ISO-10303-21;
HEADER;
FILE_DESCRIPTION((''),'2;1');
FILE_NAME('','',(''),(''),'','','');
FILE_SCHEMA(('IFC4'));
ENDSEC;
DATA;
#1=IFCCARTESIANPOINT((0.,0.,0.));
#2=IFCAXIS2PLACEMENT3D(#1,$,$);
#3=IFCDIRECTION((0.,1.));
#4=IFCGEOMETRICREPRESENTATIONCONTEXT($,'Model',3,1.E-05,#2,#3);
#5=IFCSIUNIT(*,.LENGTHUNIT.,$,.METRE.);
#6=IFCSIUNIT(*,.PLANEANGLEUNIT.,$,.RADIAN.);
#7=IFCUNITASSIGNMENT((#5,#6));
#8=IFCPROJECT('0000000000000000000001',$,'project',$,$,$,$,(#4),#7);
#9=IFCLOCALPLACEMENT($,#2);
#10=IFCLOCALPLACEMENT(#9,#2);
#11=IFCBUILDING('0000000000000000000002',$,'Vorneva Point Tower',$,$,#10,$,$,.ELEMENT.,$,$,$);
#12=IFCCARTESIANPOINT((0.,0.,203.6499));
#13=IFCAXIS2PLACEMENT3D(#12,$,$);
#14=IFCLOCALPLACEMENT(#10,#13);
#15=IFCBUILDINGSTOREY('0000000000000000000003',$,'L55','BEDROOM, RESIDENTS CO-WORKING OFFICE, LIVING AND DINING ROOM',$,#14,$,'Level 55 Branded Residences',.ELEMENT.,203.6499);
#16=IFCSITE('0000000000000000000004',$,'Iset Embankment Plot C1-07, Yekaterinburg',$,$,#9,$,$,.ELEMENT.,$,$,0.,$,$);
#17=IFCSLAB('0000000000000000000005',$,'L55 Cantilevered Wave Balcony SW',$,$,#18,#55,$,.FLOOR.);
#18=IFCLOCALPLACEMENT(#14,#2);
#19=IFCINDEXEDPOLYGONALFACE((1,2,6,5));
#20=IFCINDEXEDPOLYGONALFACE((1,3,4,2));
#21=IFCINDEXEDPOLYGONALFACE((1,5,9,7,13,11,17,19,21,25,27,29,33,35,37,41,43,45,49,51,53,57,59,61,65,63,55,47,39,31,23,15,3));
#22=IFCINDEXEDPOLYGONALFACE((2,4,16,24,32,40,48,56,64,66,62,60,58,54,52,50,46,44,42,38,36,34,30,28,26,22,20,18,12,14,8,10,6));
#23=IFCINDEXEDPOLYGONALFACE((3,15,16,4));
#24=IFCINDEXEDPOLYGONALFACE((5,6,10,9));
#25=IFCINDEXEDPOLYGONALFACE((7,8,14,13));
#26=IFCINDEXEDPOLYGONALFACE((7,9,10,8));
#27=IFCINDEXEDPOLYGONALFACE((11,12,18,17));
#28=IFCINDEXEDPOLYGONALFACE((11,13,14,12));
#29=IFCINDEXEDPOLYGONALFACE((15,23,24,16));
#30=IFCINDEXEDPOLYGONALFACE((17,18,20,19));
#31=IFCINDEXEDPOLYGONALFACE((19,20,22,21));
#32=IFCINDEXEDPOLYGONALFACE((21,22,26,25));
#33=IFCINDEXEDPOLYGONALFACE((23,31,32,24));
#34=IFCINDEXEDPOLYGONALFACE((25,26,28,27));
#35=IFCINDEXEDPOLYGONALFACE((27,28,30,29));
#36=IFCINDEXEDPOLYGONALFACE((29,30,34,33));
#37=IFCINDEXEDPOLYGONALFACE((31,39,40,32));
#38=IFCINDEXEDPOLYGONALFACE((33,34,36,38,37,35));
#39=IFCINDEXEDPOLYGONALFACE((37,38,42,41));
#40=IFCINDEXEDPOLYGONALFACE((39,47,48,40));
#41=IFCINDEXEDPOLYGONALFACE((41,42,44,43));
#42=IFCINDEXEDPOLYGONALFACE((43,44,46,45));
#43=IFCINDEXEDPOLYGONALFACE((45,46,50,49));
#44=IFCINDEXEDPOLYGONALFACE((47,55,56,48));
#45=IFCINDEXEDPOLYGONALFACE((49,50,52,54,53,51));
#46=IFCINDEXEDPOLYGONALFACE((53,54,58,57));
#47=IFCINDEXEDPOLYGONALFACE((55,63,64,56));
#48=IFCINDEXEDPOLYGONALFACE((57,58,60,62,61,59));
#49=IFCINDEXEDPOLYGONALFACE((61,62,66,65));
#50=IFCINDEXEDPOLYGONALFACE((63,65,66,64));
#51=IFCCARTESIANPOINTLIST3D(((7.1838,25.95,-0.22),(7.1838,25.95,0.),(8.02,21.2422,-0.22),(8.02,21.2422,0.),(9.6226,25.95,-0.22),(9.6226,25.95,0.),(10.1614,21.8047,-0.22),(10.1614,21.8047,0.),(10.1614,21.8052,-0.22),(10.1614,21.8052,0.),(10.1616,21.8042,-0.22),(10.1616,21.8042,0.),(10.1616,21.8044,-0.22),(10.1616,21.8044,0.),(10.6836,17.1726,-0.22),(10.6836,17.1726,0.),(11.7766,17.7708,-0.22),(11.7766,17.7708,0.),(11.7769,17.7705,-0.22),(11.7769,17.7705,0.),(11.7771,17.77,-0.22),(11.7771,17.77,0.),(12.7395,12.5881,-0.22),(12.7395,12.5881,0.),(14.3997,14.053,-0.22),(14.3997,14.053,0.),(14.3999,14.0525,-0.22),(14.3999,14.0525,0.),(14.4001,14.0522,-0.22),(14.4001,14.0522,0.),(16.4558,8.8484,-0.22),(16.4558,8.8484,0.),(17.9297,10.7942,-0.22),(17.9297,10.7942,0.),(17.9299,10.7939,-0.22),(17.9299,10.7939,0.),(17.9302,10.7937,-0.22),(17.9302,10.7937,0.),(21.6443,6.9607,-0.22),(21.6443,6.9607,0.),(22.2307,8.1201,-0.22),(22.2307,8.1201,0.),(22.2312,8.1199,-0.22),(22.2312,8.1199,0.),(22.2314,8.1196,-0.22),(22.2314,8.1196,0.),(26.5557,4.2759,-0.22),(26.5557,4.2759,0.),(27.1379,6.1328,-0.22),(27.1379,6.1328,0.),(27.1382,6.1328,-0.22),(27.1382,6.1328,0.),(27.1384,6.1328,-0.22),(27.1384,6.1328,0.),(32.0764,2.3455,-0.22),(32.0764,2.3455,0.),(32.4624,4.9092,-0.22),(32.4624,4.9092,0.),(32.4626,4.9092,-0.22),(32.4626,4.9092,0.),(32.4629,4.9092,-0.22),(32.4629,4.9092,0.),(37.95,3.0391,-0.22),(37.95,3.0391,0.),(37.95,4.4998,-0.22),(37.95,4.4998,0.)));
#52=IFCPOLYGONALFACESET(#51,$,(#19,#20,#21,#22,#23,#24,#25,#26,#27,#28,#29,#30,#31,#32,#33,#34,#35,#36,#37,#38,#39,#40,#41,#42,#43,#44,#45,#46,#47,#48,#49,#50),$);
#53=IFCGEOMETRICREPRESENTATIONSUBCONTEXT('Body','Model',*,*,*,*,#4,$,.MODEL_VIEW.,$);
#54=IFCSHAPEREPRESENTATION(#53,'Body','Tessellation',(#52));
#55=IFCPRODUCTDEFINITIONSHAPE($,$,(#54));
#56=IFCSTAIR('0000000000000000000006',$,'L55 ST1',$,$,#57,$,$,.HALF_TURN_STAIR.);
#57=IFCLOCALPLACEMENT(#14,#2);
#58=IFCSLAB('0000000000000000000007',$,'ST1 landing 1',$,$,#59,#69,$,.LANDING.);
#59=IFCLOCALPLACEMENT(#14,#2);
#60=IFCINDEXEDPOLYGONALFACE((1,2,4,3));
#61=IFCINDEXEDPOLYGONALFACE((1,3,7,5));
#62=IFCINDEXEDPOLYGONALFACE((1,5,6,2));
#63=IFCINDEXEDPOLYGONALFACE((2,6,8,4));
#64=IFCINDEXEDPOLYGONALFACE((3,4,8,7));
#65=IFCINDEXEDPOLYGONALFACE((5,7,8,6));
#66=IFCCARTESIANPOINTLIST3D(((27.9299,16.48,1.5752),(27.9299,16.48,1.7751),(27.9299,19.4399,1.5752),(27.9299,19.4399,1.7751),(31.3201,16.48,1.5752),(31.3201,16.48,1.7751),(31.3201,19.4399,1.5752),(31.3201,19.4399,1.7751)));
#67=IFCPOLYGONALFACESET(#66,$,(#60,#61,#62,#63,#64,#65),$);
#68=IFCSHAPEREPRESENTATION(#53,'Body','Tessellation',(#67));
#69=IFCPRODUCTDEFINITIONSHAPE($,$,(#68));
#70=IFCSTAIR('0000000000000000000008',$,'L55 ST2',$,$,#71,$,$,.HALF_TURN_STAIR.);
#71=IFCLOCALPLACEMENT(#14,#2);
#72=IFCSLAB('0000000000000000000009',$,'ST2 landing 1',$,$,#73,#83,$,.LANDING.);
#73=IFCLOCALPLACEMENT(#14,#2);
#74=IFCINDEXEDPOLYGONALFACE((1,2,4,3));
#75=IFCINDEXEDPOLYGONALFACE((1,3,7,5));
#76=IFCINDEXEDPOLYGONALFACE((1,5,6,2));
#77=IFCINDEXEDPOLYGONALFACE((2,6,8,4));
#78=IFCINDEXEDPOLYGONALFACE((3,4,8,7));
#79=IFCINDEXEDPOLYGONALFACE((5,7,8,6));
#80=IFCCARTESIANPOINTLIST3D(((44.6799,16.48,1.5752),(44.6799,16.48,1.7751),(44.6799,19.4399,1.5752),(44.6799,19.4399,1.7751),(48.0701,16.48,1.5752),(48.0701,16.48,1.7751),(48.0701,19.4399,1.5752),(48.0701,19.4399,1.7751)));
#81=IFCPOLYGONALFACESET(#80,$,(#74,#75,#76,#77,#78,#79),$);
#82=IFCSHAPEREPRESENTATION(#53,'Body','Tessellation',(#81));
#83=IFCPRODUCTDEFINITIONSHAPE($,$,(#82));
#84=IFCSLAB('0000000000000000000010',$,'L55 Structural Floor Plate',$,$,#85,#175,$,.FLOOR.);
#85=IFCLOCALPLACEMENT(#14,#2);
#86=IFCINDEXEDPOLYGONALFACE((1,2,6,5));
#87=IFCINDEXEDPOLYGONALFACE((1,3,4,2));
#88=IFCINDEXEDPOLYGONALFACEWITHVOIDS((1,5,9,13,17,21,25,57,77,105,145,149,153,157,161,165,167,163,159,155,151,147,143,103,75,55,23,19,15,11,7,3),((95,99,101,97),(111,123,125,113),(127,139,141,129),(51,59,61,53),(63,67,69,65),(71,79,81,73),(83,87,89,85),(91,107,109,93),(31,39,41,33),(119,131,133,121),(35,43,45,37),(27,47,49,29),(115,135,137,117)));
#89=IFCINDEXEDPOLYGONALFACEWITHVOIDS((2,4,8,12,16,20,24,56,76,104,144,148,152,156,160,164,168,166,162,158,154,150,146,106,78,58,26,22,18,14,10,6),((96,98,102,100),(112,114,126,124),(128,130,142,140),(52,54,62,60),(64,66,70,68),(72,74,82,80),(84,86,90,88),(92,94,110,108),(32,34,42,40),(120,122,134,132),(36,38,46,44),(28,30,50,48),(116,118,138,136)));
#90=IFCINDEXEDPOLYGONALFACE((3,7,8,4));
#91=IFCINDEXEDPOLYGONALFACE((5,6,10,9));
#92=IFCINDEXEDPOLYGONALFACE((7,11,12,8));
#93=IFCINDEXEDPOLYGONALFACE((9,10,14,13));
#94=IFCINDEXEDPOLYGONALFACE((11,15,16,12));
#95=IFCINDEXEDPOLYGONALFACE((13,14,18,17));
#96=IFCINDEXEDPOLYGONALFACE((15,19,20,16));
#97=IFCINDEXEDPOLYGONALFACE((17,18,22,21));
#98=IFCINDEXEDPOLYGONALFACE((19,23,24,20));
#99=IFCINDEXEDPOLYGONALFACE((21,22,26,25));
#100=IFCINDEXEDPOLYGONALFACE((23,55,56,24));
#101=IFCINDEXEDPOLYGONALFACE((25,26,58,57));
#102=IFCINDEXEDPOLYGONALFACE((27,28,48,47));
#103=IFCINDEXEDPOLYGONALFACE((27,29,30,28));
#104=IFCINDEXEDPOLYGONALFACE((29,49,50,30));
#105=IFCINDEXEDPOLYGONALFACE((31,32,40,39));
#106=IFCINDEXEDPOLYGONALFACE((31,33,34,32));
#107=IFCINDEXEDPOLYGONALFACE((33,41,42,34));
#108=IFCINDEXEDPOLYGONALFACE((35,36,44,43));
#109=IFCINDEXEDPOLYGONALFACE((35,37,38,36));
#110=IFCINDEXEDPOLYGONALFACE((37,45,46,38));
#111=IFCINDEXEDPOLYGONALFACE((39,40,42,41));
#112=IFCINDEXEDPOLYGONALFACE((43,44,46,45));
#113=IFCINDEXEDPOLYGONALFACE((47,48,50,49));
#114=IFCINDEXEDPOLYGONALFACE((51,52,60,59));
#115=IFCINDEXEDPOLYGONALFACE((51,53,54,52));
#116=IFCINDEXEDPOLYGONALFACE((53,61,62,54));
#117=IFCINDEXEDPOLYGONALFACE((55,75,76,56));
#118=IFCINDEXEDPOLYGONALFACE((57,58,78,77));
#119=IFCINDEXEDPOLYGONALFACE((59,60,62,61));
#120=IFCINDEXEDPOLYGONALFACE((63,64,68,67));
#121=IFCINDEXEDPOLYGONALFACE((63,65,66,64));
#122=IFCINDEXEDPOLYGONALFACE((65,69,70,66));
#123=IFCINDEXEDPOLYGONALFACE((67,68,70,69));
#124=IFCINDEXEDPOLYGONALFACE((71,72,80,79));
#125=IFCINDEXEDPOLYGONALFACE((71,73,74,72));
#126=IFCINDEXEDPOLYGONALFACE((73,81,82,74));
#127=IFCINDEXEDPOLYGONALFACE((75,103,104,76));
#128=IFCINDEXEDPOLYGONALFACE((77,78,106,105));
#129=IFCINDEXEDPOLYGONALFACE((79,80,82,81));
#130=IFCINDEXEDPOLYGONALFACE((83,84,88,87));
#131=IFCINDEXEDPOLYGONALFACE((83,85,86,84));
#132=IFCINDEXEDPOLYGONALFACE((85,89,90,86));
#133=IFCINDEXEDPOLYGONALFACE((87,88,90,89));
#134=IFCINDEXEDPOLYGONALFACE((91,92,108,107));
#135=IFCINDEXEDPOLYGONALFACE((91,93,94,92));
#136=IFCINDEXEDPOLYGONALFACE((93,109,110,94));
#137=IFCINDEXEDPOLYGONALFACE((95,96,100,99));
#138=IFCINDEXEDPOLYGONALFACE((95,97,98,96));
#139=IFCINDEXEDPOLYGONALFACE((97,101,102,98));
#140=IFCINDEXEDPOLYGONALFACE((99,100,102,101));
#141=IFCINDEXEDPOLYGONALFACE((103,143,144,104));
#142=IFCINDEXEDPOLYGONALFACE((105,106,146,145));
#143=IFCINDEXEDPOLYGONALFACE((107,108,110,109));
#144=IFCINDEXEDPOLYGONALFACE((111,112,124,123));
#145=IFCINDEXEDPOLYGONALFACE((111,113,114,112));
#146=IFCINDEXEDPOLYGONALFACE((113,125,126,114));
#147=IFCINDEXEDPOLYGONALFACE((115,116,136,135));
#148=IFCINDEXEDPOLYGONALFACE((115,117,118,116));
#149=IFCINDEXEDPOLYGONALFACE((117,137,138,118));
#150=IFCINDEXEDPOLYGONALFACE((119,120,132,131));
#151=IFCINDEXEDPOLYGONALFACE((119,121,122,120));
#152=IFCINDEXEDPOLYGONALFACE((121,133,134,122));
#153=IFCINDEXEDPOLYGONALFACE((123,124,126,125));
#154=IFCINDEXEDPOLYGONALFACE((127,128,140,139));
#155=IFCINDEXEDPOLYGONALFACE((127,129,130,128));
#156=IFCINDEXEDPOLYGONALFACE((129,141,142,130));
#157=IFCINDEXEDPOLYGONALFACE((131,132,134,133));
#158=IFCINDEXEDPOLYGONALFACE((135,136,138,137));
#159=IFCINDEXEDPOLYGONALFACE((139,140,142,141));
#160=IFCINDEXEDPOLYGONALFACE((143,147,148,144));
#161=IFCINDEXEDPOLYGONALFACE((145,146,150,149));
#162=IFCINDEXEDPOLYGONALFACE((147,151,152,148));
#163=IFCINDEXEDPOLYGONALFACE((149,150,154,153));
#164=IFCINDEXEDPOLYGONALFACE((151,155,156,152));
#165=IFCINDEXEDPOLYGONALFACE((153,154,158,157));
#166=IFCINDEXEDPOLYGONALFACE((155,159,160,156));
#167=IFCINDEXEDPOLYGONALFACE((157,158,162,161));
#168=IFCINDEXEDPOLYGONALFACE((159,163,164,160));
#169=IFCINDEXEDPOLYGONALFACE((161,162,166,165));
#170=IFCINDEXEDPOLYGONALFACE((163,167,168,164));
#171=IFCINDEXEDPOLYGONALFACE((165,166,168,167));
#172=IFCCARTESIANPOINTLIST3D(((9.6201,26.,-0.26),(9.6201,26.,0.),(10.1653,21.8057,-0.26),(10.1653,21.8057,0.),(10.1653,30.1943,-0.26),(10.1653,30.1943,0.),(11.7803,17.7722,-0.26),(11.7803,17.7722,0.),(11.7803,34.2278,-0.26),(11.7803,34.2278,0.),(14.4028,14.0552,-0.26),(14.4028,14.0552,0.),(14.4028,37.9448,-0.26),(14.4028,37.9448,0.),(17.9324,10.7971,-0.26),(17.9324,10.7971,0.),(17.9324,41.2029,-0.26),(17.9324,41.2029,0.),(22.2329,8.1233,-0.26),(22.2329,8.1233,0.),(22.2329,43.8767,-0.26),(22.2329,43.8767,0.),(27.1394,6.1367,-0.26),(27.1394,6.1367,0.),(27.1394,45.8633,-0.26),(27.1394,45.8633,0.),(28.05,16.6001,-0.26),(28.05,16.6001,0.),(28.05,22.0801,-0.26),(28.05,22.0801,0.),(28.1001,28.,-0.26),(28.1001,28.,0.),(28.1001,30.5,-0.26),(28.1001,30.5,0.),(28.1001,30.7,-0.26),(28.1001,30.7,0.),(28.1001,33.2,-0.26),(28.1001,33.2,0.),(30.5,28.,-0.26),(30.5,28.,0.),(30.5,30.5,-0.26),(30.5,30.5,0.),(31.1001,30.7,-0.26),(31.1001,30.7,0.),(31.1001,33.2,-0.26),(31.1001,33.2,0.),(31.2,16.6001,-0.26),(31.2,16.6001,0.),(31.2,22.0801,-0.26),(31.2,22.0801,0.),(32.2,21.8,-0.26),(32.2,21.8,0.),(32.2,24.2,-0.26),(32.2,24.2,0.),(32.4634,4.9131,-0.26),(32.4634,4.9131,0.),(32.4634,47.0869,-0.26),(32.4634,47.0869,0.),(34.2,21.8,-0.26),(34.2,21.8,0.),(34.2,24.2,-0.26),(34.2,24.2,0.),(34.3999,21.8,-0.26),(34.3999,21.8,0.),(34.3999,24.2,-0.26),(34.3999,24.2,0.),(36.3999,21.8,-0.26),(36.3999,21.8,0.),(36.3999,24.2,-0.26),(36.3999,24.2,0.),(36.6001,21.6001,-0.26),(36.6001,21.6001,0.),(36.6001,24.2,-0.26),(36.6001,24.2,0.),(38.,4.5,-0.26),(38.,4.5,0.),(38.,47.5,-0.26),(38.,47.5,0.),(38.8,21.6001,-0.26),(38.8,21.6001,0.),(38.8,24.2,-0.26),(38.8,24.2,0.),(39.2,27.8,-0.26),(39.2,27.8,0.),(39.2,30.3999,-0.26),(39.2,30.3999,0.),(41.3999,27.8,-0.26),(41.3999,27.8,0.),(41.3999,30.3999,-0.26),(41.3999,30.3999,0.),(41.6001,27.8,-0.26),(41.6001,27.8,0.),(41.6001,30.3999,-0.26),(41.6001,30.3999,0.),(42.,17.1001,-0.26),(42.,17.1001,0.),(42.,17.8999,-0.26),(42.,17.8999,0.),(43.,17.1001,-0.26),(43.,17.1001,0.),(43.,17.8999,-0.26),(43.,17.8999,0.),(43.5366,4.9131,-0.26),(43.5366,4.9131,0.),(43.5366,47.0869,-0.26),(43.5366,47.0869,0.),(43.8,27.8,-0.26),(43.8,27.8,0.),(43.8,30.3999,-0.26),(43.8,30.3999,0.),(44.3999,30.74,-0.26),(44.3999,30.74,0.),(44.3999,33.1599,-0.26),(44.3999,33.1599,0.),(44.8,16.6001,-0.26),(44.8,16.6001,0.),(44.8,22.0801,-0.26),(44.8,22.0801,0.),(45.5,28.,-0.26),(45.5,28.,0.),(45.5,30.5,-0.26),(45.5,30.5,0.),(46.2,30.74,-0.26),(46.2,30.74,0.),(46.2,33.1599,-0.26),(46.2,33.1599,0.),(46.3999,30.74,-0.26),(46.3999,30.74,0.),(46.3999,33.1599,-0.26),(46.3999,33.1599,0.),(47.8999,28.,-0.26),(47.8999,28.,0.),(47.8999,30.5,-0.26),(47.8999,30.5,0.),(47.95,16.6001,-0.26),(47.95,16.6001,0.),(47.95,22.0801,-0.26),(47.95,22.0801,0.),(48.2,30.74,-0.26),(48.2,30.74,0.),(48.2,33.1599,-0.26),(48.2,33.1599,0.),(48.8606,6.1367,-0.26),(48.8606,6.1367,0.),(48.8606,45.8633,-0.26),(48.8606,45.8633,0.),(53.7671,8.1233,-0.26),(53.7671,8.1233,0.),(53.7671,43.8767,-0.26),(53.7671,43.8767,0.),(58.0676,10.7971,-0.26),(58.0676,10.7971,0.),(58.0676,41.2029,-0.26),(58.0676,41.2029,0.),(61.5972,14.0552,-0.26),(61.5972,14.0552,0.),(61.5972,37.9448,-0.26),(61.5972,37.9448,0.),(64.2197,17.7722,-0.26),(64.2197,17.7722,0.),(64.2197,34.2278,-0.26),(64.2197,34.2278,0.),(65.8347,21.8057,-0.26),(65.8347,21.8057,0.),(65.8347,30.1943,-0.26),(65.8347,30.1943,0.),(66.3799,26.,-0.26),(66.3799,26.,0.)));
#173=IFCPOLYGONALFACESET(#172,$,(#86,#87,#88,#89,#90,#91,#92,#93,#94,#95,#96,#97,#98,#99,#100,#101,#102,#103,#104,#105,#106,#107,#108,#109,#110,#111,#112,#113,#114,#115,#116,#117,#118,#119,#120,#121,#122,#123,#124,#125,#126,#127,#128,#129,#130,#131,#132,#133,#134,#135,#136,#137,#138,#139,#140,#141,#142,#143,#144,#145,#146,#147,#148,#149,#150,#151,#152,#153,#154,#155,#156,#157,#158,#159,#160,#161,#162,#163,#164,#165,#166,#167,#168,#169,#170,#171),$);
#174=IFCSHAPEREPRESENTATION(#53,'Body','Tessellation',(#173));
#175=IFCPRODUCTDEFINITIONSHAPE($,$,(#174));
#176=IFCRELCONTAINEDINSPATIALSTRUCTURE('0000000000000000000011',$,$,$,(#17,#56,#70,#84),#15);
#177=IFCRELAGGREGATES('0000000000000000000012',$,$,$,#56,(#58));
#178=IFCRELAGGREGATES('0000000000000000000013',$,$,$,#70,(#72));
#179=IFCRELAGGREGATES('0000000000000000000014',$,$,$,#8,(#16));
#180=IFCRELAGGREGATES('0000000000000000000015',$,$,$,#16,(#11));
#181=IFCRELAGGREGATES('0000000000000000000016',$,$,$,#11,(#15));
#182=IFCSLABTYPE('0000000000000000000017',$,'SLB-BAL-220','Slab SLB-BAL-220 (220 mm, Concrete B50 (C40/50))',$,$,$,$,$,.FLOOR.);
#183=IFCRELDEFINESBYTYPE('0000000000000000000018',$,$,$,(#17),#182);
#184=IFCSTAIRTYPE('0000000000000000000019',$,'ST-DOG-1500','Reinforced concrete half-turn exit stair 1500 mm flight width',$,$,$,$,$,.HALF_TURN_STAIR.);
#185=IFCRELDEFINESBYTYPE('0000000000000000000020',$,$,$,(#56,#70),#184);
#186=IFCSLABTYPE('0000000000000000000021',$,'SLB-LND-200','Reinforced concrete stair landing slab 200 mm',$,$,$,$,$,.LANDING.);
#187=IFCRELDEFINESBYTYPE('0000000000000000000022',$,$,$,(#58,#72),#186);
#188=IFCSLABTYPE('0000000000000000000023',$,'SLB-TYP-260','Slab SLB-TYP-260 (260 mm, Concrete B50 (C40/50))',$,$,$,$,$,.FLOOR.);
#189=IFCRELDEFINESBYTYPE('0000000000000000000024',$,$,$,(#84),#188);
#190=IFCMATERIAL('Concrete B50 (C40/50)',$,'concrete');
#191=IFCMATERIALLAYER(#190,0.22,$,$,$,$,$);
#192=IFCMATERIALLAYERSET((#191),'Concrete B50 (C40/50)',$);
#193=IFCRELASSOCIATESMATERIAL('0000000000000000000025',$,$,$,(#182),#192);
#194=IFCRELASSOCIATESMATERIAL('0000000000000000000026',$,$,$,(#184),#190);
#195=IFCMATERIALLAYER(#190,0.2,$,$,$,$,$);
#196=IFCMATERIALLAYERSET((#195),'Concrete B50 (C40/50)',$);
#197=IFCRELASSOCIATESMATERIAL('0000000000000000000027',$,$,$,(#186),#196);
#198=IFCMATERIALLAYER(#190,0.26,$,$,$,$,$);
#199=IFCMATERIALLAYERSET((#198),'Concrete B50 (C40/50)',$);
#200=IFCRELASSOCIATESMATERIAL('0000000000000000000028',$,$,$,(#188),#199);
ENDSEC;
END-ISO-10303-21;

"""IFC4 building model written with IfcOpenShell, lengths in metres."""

from ifc_helpers import new_model, si_unit, direction, frame, origin, place, context, subcontext, project, spatial, polyline, outline, extrude, material, layer, layer_set, type_object, element, aggregate, save


model = new_model("IFC4")

# Units and contexts
model_context = context("Model", 3, precision=1e-05, world=origin(), true_north=direction((0.0, 1.0)))
body_context = subcontext(model_context, "Body", "Model", "MODEL_VIEW")
ifc_project = project(units=[si_unit("LENGTHUNIT", "METRE"), si_unit("PLANEANGLEUNIT", "RADIAN")], contexts=[model_context])

# Site, building, storey
site_placement = place(None, origin())
site = spatial("IfcSite", under=ifc_project, at=site_placement, Name="Iset Embankment Plot C1-07, Yekaterinburg", CompositionType="ELEMENT", RefElevation=0.0)
building_placement = place(site_placement, origin())
building = spatial("IfcBuilding", under=site, at=building_placement, Name="Vorneva Point Tower", CompositionType="ELEMENT")
storey_placement = place(building_placement, frame((0.0, 0.0, 203.6499)))
storey = spatial("IfcBuildingStorey", under=building, at=storey_placement, Name="L55", Description="BEDROOM, RESIDENTS CO-WORKING OFFICE, LIVING AND DINING ROOM", LongName="Level 55 Branded Residences", CompositionType="ELEMENT", Elevation=203.6499)

# Shared definitions
ifc_material_1 = material(Name="Concrete B50 (C40/50)", Category="concrete")

# Slab
ifc_layer_1 = layer(ifc_material_1, 0.22)
ifc_layer_set_1 = layer_set([ifc_layer_1], Name="Concrete B50 (C40/50)")
slab_type_1 = type_object("IfcSlabType", Name="SLB-BAL-220", Description="Slab SLB-BAL-220 (220 mm, Concrete B50 (C40/50))", PredefinedType="FLOOR", material=ifc_layer_set_1)
slab_1_placement = place(storey_placement, frame((0.0, 0.0, -0.22)))
element("IfcSlab", 1, at=slab_1_placement, inside=storey, type_object=slab_type_1, Name="L55 Cantilevered Wave Balcony SW", PredefinedType="FLOOR", context=body_context, shape_type="SweptSolid", body=[
    extrude(outline(polyline([(37.95, 3.0391), (37.95, 4.4998), (32.4629, 4.9092), (32.4626, 4.9092), (32.4624, 4.9092), (27.1384, 6.1328), (27.1382, 6.1328), (27.1379, 6.1328), (22.2314, 8.1196), (22.2312, 8.1199), (22.2307, 8.1201), (17.9302, 10.7937), (17.9299, 10.7939), (17.9297, 10.7942), (14.4001, 14.0522), (14.3999, 14.0525), (14.3997, 14.053), (11.7771, 17.77), (11.7769, 17.7705), (11.7766, 17.7708), (10.1616, 21.8042), (10.1616, 21.8044), (10.1614, 21.8047), (10.1614, 21.8052), (9.6226, 25.95), (7.1838, 25.95), (8.02, 21.2422), (10.6836, 17.1726), (12.7395, 12.5881), (16.4558, 8.8484), (21.6443, 6.9607), (26.5557, 4.2759), (32.0764, 2.3455), (37.95, 3.0391)])), origin(), (0.0, 0.0, 1.0), 0.22),
])

# Stairs, slabs
stair_type = type_object("IfcStairType", Name="ST-DOG-1500", Description="Reinforced concrete half-turn exit stair 1500 mm flight width", PredefinedType="HALF_TURN_STAIR", material=ifc_material_1)
stair_1_placement = place(storey_placement, origin())
stair_1 = element("IfcStair", 2, at=stair_1_placement, inside=storey, type_object=stair_type, Name="L55 ST1", PredefinedType="HALF_TURN_STAIR")
ifc_layer_2 = layer(ifc_material_1, 0.2)
ifc_layer_set_2 = layer_set([ifc_layer_2], Name="Concrete B50 (C40/50)")
slab_type_2 = type_object("IfcSlabType", Name="SLB-LND-200", Description="Reinforced concrete stair landing slab 200 mm", PredefinedType="LANDING", material=ifc_layer_set_2)
slab_2_placement = place(storey_placement, frame((0.0, 0.0, 1.5752)))
slab_2 = element("IfcSlab", 3, at=slab_2_placement, type_object=slab_type_2, Name="ST1 landing 1", PredefinedType="LANDING", context=body_context, shape_type="SweptSolid", body=[
    extrude(outline(polyline([(27.9299, 16.48), (31.3201, 16.48), (31.3201, 19.4399), (27.9299, 19.4399), (27.9299, 16.48)])), origin(), (0.0, 0.0, 1.0), 0.2),
])
aggregate(stair_1, [slab_2])
stair_2_placement = place(storey_placement, origin())
stair_2 = element("IfcStair", 4, at=stair_2_placement, inside=storey, type_object=stair_type, Name="L55 ST2", PredefinedType="HALF_TURN_STAIR")
slab_3_placement = place(storey_placement, frame((0.0, 0.0, 1.5752)))
slab_3 = element("IfcSlab", 5, at=slab_3_placement, type_object=slab_type_2, Name="ST2 landing 1", PredefinedType="LANDING", context=body_context, shape_type="SweptSolid", body=[
    extrude(outline(polyline([(44.6799, 16.48), (48.0701, 16.48), (48.0701, 19.4399), (44.6799, 19.4399), (44.6799, 16.48)])), origin(), (0.0, 0.0, 1.0), 0.2),
])
aggregate(stair_2, [slab_3])

# Slab
ifc_layer_3 = layer(ifc_material_1, 0.26)
ifc_layer_set_3 = layer_set([ifc_layer_3], Name="Concrete B50 (C40/50)")
slab_type_3 = type_object("IfcSlabType", Name="SLB-TYP-260", Description="Slab SLB-TYP-260 (260 mm, Concrete B50 (C40/50))", PredefinedType="FLOOR", material=ifc_layer_set_3)
slab_4_placement = place(storey_placement, frame((0.0, 0.0, -0.26)))
element("IfcSlab", 6, at=slab_4_placement, inside=storey, type_object=slab_type_3, Name="L55 Structural Floor Plate", PredefinedType="FLOOR", context=body_context, shape_type="SweptSolid", body=[
    extrude(outline(polyline([(66.3799, 26.0), (65.8347, 30.1943), (64.2197, 34.2278), (61.5972, 37.9448), (58.0676, 41.2029), (53.7671, 43.8767), (48.8606, 45.8633), (43.5366, 47.0869), (38.0, 47.5), (32.4634, 47.0869), (27.1394, 45.8633), (22.2329, 43.8767), (17.9324, 41.2029), (14.4028, 37.9448), (11.7803, 34.2278), (10.1653, 30.1943), (9.6201, 26.0), (10.1653, 21.8057), (11.7803, 17.7722), (14.4028, 14.0552), (17.9324, 10.7971), (22.2329, 8.1233), (27.1394, 6.1367), (32.4634, 4.9131), (38.0, 4.5), (43.5366, 4.9131), (48.8606, 6.1367), (53.7671, 8.1233), (58.0676, 10.7971), (61.5972, 14.0552), (64.2197, 17.7722), (65.8347, 21.8057), (66.3799, 26.0)]), holes=[polyline([(32.2, 21.8), (34.2, 21.8), (34.2, 24.2), (32.2, 24.2), (32.2, 21.8)]), polyline([(34.3999, 21.8), (36.3999, 21.8), (36.3999, 24.2), (34.3999, 24.2), (34.3999, 21.8)]), polyline([(36.6001, 21.6001), (38.8, 21.6001), (38.8, 24.2), (36.6001, 24.2), (36.6001, 21.6001)]), polyline([(39.2, 27.8), (41.3999, 27.8), (41.3999, 30.3999), (39.2, 30.3999), (39.2, 27.8)]), polyline([(41.6001, 27.8), (43.8, 27.8), (43.8, 30.3999), (41.6001, 30.3999), (41.6001, 27.8)]), polyline([(44.3999, 30.74), (46.2, 30.74), (46.2, 33.1599), (44.3999, 33.1599), (44.3999, 30.74)]), polyline([(46.3999, 30.74), (48.2, 30.74), (48.2, 33.1599), (46.3999, 33.1599), (46.3999, 30.74)]), polyline([(28.1001, 28.0), (30.5, 28.0), (30.5, 30.5), (28.1001, 30.5), (28.1001, 28.0)]), polyline([(45.5, 28.0), (47.8999, 28.0), (47.8999, 30.5), (45.5, 30.5), (45.5, 28.0)]), polyline([(28.1001, 30.7), (31.1001, 30.7), (31.1001, 33.2), (28.1001, 33.2), (28.1001, 30.7)]), polyline([(28.05, 16.6001), (31.2, 16.6001), (31.2, 22.0801), (28.05, 22.0801), (28.05, 16.6001)]), polyline([(44.8, 16.6001), (47.95, 16.6001), (47.95, 22.0801), (44.8, 22.0801), (44.8, 16.6001)]), polyline([(42.0, 17.1001), (43.0, 17.1001), (43.0, 17.8999), (42.0, 17.8999), (42.0, 17.1001)])]), origin(), (0.0, 0.0, 1.0), 0.26),
])

save(model, "model.ifc")
